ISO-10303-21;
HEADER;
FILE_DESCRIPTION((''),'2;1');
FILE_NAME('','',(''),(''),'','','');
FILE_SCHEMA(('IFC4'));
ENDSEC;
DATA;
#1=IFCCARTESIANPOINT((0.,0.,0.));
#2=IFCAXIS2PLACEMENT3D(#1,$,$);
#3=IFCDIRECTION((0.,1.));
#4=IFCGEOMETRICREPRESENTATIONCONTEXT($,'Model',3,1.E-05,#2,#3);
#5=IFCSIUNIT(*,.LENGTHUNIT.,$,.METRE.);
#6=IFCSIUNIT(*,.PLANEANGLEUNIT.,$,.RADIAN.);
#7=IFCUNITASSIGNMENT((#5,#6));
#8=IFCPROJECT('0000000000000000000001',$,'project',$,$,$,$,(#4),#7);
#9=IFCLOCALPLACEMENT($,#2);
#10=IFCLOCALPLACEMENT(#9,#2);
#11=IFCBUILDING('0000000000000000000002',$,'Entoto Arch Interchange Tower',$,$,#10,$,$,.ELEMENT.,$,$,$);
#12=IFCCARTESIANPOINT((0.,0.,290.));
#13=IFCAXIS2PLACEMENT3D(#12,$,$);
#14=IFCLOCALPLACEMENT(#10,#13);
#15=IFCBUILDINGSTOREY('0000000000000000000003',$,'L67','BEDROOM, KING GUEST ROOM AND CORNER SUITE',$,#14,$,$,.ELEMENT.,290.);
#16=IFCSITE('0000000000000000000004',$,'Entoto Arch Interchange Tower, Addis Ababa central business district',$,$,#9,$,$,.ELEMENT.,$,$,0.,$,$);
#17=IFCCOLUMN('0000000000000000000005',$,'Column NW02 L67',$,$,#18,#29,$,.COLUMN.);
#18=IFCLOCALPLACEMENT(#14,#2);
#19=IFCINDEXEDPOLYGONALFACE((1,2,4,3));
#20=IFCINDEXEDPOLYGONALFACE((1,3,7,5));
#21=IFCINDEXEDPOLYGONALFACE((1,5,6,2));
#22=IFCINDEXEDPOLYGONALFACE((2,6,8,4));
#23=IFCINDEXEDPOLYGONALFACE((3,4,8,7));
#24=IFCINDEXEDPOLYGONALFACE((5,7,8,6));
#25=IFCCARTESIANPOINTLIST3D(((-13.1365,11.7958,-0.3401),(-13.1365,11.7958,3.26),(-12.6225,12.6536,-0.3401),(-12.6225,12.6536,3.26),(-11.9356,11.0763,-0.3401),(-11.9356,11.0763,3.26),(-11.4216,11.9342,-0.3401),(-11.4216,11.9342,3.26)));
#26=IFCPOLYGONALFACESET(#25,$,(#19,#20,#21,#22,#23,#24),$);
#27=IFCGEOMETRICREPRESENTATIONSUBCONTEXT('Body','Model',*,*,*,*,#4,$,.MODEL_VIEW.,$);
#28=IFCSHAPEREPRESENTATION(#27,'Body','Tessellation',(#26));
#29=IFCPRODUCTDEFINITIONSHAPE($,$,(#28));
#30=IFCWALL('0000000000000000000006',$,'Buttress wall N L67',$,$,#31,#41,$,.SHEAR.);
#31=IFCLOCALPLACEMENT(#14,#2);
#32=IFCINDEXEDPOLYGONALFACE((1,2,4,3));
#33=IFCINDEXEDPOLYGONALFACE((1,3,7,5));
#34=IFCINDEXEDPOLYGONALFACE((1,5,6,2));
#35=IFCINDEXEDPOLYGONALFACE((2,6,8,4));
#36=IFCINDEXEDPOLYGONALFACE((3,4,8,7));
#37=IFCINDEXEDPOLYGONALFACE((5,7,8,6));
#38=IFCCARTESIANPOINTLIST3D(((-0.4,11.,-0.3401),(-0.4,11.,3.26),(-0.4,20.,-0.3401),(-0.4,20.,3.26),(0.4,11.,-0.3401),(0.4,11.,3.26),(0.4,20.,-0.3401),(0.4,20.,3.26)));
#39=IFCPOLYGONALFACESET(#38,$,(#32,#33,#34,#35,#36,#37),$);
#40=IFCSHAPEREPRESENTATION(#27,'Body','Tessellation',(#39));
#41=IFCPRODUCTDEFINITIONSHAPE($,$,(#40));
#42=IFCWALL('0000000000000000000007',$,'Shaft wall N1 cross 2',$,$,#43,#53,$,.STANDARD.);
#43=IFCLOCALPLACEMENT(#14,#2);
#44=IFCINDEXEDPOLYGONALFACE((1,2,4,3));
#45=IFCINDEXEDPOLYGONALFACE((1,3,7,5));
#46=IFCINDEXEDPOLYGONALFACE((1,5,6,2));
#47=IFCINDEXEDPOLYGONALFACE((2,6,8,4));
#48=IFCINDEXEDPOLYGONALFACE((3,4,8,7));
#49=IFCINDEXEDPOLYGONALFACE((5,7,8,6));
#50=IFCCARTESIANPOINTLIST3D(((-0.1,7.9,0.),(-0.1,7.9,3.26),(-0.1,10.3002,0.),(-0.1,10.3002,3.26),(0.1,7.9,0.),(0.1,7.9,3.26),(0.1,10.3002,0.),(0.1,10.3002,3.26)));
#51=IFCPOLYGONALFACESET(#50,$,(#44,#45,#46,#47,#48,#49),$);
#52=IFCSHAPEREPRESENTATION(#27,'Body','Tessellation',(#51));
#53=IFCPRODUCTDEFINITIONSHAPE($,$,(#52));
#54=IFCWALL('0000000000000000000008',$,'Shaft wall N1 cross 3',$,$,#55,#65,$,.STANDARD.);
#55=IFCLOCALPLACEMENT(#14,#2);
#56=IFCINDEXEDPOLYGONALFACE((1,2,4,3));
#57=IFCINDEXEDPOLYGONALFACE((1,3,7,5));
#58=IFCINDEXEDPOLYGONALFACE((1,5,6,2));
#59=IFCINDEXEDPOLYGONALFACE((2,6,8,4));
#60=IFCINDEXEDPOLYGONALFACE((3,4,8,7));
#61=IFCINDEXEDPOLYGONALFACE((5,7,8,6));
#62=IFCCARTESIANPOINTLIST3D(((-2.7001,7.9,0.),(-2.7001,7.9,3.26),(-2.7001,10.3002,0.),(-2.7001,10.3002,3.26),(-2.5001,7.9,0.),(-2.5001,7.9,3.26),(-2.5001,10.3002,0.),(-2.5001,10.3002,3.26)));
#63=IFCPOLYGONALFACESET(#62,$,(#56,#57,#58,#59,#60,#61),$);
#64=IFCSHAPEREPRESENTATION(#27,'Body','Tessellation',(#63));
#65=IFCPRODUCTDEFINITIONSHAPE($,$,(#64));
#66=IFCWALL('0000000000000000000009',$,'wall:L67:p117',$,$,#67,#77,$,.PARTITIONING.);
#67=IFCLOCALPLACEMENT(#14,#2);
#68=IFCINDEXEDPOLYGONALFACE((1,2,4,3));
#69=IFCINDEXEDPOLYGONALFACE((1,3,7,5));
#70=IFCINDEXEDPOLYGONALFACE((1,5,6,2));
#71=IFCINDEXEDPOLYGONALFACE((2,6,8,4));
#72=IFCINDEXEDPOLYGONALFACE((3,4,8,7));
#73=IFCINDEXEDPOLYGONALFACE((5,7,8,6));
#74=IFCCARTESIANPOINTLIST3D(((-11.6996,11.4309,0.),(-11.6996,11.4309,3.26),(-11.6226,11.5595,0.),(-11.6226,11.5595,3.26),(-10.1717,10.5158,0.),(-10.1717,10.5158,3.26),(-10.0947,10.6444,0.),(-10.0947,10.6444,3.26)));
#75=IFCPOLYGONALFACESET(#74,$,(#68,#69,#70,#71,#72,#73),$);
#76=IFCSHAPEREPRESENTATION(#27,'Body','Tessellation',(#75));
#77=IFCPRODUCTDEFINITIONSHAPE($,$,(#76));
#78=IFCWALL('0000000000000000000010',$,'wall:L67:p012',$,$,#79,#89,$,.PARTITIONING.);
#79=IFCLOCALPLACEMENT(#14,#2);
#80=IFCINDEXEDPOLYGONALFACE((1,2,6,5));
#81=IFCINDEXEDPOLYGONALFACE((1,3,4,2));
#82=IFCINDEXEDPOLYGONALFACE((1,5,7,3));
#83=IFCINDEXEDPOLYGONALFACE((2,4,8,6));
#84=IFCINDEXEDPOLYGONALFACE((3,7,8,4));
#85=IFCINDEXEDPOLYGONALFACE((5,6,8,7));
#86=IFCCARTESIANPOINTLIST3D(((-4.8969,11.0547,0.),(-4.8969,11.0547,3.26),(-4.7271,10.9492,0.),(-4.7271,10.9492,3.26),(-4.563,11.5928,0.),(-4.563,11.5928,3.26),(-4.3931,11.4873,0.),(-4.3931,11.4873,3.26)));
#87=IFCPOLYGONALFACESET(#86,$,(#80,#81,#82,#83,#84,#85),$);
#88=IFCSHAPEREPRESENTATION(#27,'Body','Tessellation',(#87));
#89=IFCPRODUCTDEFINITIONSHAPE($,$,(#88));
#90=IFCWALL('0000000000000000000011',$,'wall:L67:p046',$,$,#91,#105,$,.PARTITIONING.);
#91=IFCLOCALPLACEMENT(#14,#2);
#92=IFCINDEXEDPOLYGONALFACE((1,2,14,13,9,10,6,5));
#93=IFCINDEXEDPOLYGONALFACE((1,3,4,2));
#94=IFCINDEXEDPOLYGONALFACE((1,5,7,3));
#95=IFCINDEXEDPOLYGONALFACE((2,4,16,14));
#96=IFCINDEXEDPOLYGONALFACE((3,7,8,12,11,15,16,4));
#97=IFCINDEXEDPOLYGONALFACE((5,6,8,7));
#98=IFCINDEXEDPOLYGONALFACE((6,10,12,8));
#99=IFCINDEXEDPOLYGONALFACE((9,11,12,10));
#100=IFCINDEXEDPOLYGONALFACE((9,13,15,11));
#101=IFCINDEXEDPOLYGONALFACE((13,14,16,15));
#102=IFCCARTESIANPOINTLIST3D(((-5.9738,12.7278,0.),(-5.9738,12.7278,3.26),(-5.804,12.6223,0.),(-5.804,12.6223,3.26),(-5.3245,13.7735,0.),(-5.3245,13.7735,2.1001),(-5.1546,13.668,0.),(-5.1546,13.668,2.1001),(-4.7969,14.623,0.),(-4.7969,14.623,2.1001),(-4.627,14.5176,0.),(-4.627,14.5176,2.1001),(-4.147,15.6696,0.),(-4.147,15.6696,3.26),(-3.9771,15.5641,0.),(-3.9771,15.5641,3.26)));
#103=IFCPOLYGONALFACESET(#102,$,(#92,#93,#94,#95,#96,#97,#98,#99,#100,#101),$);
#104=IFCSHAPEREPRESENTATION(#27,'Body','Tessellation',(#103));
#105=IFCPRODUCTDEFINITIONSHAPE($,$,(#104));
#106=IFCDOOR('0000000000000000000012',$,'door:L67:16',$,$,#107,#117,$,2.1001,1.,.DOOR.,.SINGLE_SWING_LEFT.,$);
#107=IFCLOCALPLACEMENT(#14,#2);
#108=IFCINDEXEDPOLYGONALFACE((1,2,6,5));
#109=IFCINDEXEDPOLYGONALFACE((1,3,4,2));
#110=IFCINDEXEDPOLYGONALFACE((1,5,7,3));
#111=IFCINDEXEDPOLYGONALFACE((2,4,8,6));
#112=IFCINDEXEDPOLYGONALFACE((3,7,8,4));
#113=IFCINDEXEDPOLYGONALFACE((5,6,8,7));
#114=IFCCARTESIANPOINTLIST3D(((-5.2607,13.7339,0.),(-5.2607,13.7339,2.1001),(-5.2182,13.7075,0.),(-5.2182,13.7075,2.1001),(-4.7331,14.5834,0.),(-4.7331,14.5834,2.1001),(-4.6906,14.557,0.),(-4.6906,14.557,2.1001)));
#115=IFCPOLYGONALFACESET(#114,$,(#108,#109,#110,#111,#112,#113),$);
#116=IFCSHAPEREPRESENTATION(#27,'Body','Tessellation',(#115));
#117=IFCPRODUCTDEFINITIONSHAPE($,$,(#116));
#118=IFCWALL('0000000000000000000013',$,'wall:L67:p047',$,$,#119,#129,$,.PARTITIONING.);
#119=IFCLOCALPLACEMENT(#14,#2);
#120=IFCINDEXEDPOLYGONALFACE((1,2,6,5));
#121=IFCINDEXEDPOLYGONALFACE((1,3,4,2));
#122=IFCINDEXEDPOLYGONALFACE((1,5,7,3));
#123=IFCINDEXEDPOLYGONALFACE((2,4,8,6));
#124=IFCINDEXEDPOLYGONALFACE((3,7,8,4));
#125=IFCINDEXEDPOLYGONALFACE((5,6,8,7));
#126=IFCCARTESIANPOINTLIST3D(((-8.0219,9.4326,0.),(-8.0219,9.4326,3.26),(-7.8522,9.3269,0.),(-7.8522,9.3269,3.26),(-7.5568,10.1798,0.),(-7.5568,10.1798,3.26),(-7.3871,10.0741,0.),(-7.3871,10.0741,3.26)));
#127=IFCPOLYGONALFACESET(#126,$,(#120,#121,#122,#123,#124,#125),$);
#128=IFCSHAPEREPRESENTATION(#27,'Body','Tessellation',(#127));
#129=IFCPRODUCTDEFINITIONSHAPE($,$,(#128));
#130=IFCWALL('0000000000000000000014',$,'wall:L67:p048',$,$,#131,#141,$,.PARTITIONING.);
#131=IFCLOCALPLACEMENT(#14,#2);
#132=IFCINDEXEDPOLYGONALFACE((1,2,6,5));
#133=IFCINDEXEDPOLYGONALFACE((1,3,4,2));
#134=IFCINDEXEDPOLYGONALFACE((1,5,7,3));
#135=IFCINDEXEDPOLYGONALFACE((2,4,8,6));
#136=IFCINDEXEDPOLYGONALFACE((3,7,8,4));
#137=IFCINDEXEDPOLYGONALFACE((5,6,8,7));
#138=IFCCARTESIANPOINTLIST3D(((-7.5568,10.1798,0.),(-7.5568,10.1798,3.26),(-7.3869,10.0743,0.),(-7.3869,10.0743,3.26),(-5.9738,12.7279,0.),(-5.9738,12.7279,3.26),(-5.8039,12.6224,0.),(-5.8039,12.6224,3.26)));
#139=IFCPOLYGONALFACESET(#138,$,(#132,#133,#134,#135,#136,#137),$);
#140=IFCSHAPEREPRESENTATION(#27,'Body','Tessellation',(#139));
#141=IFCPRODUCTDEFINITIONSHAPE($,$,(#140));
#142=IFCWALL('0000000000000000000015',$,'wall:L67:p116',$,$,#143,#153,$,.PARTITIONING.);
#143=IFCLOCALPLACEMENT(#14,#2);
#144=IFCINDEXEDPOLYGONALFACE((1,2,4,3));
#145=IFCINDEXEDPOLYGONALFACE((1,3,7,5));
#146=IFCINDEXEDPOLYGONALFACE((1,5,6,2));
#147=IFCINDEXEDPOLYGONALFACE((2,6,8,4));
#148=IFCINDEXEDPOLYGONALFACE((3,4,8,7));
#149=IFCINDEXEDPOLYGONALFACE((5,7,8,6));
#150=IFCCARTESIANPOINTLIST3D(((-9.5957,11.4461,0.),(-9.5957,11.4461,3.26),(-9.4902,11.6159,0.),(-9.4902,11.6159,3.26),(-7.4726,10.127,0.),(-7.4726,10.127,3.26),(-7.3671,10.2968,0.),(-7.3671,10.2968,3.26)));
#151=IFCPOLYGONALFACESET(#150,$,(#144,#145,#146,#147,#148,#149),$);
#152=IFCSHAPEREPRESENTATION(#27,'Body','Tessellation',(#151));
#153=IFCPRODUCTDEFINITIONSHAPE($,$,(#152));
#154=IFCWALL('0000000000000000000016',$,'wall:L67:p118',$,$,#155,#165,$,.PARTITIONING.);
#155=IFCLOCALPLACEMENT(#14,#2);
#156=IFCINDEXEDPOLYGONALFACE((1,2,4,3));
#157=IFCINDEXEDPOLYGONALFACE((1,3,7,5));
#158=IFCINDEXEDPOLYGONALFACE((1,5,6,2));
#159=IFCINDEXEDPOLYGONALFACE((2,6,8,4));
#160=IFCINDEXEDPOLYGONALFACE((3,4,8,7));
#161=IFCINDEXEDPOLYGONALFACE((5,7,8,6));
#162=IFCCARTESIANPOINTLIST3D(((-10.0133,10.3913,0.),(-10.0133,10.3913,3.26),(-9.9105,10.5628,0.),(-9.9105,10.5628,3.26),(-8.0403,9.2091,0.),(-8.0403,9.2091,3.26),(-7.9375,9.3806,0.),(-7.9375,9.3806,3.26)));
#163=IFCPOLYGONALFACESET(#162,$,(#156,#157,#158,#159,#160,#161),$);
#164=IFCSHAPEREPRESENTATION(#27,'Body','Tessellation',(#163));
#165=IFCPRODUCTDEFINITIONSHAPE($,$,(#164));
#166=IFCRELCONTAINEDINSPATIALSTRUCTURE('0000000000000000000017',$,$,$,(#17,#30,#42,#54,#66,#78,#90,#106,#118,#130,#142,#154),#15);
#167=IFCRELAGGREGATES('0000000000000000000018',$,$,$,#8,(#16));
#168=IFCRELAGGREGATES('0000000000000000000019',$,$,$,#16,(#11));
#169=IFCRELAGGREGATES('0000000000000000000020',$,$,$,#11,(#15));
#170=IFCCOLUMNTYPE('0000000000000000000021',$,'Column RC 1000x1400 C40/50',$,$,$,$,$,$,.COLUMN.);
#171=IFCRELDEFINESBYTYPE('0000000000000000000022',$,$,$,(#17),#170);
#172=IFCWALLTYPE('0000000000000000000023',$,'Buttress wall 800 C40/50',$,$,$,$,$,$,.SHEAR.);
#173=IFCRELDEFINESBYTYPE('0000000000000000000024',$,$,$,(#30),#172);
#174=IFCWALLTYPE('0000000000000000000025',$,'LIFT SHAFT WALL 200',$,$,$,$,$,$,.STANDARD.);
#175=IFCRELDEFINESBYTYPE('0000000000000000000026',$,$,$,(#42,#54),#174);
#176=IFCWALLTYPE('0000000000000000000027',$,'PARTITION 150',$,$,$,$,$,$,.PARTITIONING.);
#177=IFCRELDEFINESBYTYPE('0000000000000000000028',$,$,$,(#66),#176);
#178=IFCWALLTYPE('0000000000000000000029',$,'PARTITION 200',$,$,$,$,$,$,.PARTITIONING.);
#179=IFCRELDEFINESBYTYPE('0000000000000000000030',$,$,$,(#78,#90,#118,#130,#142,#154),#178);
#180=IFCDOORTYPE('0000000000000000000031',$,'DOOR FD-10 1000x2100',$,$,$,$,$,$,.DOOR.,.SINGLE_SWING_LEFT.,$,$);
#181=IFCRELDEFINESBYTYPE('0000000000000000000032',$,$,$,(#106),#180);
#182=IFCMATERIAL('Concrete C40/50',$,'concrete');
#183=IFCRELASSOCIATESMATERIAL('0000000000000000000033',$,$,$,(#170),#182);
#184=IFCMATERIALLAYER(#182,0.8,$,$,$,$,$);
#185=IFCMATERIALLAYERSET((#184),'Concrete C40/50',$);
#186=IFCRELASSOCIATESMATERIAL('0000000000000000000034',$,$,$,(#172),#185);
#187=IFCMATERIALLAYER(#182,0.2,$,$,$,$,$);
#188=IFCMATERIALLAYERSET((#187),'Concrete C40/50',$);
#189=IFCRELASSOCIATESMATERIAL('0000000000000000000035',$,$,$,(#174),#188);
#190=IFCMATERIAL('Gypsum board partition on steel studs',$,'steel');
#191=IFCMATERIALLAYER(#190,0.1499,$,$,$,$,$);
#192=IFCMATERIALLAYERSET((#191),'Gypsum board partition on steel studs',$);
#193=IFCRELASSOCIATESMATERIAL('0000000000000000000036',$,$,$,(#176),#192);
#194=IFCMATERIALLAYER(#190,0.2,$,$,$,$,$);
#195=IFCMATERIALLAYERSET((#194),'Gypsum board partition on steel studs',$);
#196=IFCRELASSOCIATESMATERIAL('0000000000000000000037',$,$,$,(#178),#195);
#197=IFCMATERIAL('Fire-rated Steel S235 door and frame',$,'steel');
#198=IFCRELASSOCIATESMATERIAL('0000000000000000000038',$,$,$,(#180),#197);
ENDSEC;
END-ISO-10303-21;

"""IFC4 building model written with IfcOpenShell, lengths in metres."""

from ifc_helpers import new_model, si_unit, direction, frame, frame_2d, origin, origin_2d, place, context, subcontext, project, spatial, rectangle, extrude, material, layer, layer_set, material_profile, profile_set, type_object, element, fill, save


model = new_model("IFC4")

# Units and contexts
model_context = context("Model", 3, precision=1e-05, world=origin(), true_north=direction((0.0, 1.0)))
body_context = subcontext(model_context, "Body", "Model", "MODEL_VIEW")
ifc_project = project(units=[si_unit("LENGTHUNIT", "METRE"), si_unit("PLANEANGLEUNIT", "RADIAN")], contexts=[model_context])

# Site, building, storey
site_placement = place(None, origin())
site = spatial("IfcSite", under=ifc_project, at=site_placement, Name="Entoto Arch Interchange Tower, Addis Ababa central business district", CompositionType="ELEMENT", RefElevation=0.0)
building_placement = place(site_placement, origin())
building = spatial("IfcBuilding", under=site, at=building_placement, Name="Entoto Arch Interchange Tower", CompositionType="ELEMENT")
storey_placement = place(building_placement, frame((0.0, 0.0, 290.0)))
storey = spatial("IfcBuildingStorey", under=building, at=storey_placement, Name="L67", Description="BEDROOM, KING GUEST ROOM AND CORNER SUITE", CompositionType="ELEMENT", Elevation=290.0)

# Column
ifc_material_1 = material(Name="Concrete C40/50", Category="concrete")
ifc_material_profile = material_profile(ifc_material_1, rectangle(XDim=1.0, YDim=1.3999, at=origin_2d()))
ifc_profile_set = profile_set([ifc_material_profile], Name="Concrete C40/50")
column_type = type_object("IfcColumnType", Name="Column RC 1000x1400 C40/50", PredefinedType="COLUMN", material=ifc_profile_set)
column_placement = place(storey_placement, frame((-12.2791, 11.865, -0.3401), z_axis=(0.0, 0.0, 1.0), x_axis=(0.513946, 0.857823, 0.0)))
element("IfcColumn", 1, at=column_placement, inside=storey, type_object=column_type, Name="Column NW02 L67", PredefinedType="COLUMN", context=body_context, shape_type="SweptSolid", body=[
    extrude(rectangle(XDim=1.0, YDim=1.3999, at=origin_2d()), origin(), (0.0, 0.0, 1.0), 3.6001),
])

# Walls
ifc_layer_1 = layer(ifc_material_1, 0.8)
ifc_layer_set_1 = layer_set([ifc_layer_1], Name="Concrete C40/50")
wall_type_1 = type_object("IfcWallType", Name="Buttress wall 800 C40/50", PredefinedType="SHEAR", material=ifc_layer_set_1)
wall_1_placement = place(storey_placement, frame((0.0, 11.0, -0.3401), z_axis=(0.0, 0.0, 1.0), x_axis=(0.0, 1.0, 0.0)))
element("IfcWall", 2, at=wall_1_placement, inside=storey, type_object=wall_type_1, Name="Buttress wall N L67", PredefinedType="SHEAR", context=body_context, shape_type="SweptSolid", body=[
    extrude(rectangle(XDim=9.0, YDim=0.8, at=frame_2d((4.5, 0.0))), origin(), (0.0, 0.0, 1.0), 3.6001),
])
ifc_layer_2 = layer(ifc_material_1, 0.2)
ifc_layer_set_2 = layer_set([ifc_layer_2], Name="Concrete C40/50")
wall_type_2 = type_object("IfcWallType", Name="LIFT SHAFT WALL 200", PredefinedType="STANDARD", material=ifc_layer_set_2)
for number, where, z_axis, x_axis, name in (
    (3, (0.0, 7.8999, 0.0), (0.0, 0.0, 1.0), (0.0, 1.0, 0.0), "Shaft wall N1 cross 2"),
    (4, (-2.6001, 7.8999, 0.0), (0.0, 0.0, 1.0), (0.0, 1.0, 0.0), "Shaft wall N1 cross 3"),
):
    element("IfcWall", number, at=place(storey_placement, frame(where, z_axis=z_axis, x_axis=x_axis)), inside=storey, type_object=wall_type_2, Name=name, PredefinedType="STANDARD", context=body_context, shape_type="SweptSolid", body=[
        extrude(rectangle(XDim=2.4001, YDim=0.2, at=frame_2d((1.2002, 0.0))), origin(), (0.0, 0.0, 1.0), 3.26),
    ])
ifc_material_2 = material(Name="Gypsum board partition on steel studs", Category="steel")
ifc_layer_3 = layer(ifc_material_2, 0.1499)
ifc_layer_set_3 = layer_set([ifc_layer_3], Name="Gypsum board partition on steel studs")
wall_type_3 = type_object("IfcWallType", Name="PARTITION 150", PredefinedType="PARTITIONING", material=ifc_layer_set_3)
wall_2_placement = place(storey_placement, frame((-10.1331, 10.5801, 0.0), z_axis=(0.0, 0.0, 1.0), x_axis=(-0.857904, 0.51381, 0.0)))
element("IfcWall", 5, at=wall_2_placement, inside=storey, type_object=wall_type_3, Name="wall:L67:p117", PredefinedType="PARTITIONING", context=body_context, shape_type="SweptSolid", body=[
    extrude(rectangle(XDim=1.781, YDim=0.1499, at=frame_2d((0.8906, 0.0))), origin(), (0.0, 0.0, 1.0), 3.26),
])
ifc_layer_4 = layer(ifc_material_2, 0.2)
ifc_layer_set_4 = layer_set([ifc_layer_4], Name="Gypsum board partition on steel studs")
wall_type_4 = type_object("IfcWallType", Name="PARTITION 200", PredefinedType="PARTITIONING", material=ifc_layer_set_4)
wall_3_placement = place(storey_placement, frame((-4.478, 11.54, 0.0), z_axis=(0.0, 0.0, 1.0), x_axis=(-0.527363, -0.84964, 0.0)))
element("IfcWall", 6, at=wall_3_placement, inside=storey, type_object=wall_type_4, Name="wall:L67:p012", PredefinedType="PARTITIONING", context=body_context, shape_type="SweptSolid", body=[
    extrude(rectangle(XDim=0.6333, YDim=0.2, at=frame_2d((0.3167, 0.0))), origin(), (0.0, 0.0, 1.0), 3.26),
])

# Wall, opening, door
wall_4_placement = place(storey_placement, frame((-5.8889, 12.675, 0.0), z_axis=(0.0, 0.0, 1.0), x_axis=(0.527551, 0.849524, 0.0)))
wall_4 = element("IfcWall", 7, at=wall_4_placement, inside=storey, type_object=wall_type_4, Name="wall:L67:p046", PredefinedType="PARTITIONING", context=body_context, shape_type="SweptSolid", body=[
    extrude(rectangle(XDim=3.4629, YDim=0.2, at=frame_2d((1.7314, 0.0))), origin(), (0.0, 0.0, 1.0), 3.26),
])
opening_1_placement = place(wall_4_placement, frame((1.231, 0.0, 0.0)))
opening_1 = element("IfcOpeningElement", 8, at=opening_1_placement, cuts=wall_4, PredefinedType="OPENING", context=body_context, shape_type="SweptSolid", body=[
    extrude(rectangle(XDim=1.0, YDim=2.1001, at=frame_2d((0.5, 1.05))), frame((0.0, 0.1099, 0.0), z_axis=(0.0, -1.0, 0.0), x_axis=(1.0, 0.0, 0.0)), (0.0, 0.0, 1.0), 0.22),
])
ifc_material_3 = material(Name="Fire-rated Steel S235 door and frame", Category="steel")
door_type_1 = type_object("IfcDoorType", Name="DOOR FD-10 1000x2100", OperationType="SINGLE_SWING_LEFT", PredefinedType="DOOR", material=ifc_material_3)
door_1_placement = place(opening_1_placement, origin())
door_1 = element("IfcDoor", 9, at=door_1_placement, inside=storey, type_object=door_type_1, Name="door:L67:16", OperationType="SINGLE_SWING_LEFT", OverallHeight=2.1001, OverallWidth=1.0, PredefinedType="DOOR", context=body_context, shape_type="SweptSolid", body=[
    extrude(rectangle(XDim=1.0, YDim=2.1001, at=frame_2d((0.5, 1.05))), frame((0.0, 0.0249, 0.0), z_axis=(0.0, -1.0, 0.0), x_axis=(1.0, 0.0, 0.0)), (0.0, 0.0, 1.0), 0.05),
])
fill(opening_1, door_1)

# Walls
wall_5_placement = place(storey_placement, frame((-7.937, 9.3799, 0.0), z_axis=(0.0, 0.0, 1.0), x_axis=(0.528502, 0.848932, 0.0)))
element("IfcWall", 10, at=wall_5_placement, inside=storey, type_object=wall_type_4, Name="wall:L67:p047", PredefinedType="PARTITIONING", context=body_context, shape_type="SweptSolid", body=[
    extrude(rectangle(XDim=0.8801, YDim=0.2, at=frame_2d((0.4399, 0.0))), origin(), (0.0, 0.0, 1.0), 3.26),
])
wall_6_placement = place(storey_placement, frame((-7.4719, 10.127, 0.0), z_axis=(0.0, 0.0, 1.0), x_axis=(0.527707, 0.849426, 0.0)))
element("IfcWall", 11, at=wall_6_placement, inside=storey, type_object=wall_type_4, Name="wall:L67:p048", PredefinedType="PARTITIONING", context=body_context, shape_type="SweptSolid", body=[
    extrude(rectangle(XDim=2.9998, YDim=0.2, at=frame_2d((1.5, 0.0))), origin(), (0.0, 0.0, 1.0), 3.26),
])
wall_7_placement = place(storey_placement, frame((-9.543, 11.531, 0.0), z_axis=(0.0, 0.0, 1.0), x_axis=(0.8494, -0.527749, 0.0)))
element("IfcWall", 12, at=wall_7_placement, inside=storey, type_object=wall_type_4, Name="wall:L67:p116", PredefinedType="PARTITIONING", context=body_context, shape_type="SweptSolid", body=[
    extrude(rectangle(XDim=2.4995, YDim=0.2, at=frame_2d((1.2498, 0.0))), origin(), (0.0, 0.0, 1.0), 3.26),
])
wall_8_placement = place(storey_placement, frame((-7.989, 9.2949, 0.0), z_axis=(0.0, 0.0, 1.0), x_axis=(-0.857802, 0.513981, 0.0)))
element("IfcWall", 13, at=wall_8_placement, inside=storey, type_object=wall_type_4, Name="wall:L67:p118", PredefinedType="PARTITIONING", context=body_context, shape_type="SweptSolid", body=[
    extrude(rectangle(XDim=2.3, YDim=0.2, at=frame_2d((1.1499, 0.0))), origin(), (0.0, 0.0, 1.0), 3.26),
])

save(model, "model.ifc")
